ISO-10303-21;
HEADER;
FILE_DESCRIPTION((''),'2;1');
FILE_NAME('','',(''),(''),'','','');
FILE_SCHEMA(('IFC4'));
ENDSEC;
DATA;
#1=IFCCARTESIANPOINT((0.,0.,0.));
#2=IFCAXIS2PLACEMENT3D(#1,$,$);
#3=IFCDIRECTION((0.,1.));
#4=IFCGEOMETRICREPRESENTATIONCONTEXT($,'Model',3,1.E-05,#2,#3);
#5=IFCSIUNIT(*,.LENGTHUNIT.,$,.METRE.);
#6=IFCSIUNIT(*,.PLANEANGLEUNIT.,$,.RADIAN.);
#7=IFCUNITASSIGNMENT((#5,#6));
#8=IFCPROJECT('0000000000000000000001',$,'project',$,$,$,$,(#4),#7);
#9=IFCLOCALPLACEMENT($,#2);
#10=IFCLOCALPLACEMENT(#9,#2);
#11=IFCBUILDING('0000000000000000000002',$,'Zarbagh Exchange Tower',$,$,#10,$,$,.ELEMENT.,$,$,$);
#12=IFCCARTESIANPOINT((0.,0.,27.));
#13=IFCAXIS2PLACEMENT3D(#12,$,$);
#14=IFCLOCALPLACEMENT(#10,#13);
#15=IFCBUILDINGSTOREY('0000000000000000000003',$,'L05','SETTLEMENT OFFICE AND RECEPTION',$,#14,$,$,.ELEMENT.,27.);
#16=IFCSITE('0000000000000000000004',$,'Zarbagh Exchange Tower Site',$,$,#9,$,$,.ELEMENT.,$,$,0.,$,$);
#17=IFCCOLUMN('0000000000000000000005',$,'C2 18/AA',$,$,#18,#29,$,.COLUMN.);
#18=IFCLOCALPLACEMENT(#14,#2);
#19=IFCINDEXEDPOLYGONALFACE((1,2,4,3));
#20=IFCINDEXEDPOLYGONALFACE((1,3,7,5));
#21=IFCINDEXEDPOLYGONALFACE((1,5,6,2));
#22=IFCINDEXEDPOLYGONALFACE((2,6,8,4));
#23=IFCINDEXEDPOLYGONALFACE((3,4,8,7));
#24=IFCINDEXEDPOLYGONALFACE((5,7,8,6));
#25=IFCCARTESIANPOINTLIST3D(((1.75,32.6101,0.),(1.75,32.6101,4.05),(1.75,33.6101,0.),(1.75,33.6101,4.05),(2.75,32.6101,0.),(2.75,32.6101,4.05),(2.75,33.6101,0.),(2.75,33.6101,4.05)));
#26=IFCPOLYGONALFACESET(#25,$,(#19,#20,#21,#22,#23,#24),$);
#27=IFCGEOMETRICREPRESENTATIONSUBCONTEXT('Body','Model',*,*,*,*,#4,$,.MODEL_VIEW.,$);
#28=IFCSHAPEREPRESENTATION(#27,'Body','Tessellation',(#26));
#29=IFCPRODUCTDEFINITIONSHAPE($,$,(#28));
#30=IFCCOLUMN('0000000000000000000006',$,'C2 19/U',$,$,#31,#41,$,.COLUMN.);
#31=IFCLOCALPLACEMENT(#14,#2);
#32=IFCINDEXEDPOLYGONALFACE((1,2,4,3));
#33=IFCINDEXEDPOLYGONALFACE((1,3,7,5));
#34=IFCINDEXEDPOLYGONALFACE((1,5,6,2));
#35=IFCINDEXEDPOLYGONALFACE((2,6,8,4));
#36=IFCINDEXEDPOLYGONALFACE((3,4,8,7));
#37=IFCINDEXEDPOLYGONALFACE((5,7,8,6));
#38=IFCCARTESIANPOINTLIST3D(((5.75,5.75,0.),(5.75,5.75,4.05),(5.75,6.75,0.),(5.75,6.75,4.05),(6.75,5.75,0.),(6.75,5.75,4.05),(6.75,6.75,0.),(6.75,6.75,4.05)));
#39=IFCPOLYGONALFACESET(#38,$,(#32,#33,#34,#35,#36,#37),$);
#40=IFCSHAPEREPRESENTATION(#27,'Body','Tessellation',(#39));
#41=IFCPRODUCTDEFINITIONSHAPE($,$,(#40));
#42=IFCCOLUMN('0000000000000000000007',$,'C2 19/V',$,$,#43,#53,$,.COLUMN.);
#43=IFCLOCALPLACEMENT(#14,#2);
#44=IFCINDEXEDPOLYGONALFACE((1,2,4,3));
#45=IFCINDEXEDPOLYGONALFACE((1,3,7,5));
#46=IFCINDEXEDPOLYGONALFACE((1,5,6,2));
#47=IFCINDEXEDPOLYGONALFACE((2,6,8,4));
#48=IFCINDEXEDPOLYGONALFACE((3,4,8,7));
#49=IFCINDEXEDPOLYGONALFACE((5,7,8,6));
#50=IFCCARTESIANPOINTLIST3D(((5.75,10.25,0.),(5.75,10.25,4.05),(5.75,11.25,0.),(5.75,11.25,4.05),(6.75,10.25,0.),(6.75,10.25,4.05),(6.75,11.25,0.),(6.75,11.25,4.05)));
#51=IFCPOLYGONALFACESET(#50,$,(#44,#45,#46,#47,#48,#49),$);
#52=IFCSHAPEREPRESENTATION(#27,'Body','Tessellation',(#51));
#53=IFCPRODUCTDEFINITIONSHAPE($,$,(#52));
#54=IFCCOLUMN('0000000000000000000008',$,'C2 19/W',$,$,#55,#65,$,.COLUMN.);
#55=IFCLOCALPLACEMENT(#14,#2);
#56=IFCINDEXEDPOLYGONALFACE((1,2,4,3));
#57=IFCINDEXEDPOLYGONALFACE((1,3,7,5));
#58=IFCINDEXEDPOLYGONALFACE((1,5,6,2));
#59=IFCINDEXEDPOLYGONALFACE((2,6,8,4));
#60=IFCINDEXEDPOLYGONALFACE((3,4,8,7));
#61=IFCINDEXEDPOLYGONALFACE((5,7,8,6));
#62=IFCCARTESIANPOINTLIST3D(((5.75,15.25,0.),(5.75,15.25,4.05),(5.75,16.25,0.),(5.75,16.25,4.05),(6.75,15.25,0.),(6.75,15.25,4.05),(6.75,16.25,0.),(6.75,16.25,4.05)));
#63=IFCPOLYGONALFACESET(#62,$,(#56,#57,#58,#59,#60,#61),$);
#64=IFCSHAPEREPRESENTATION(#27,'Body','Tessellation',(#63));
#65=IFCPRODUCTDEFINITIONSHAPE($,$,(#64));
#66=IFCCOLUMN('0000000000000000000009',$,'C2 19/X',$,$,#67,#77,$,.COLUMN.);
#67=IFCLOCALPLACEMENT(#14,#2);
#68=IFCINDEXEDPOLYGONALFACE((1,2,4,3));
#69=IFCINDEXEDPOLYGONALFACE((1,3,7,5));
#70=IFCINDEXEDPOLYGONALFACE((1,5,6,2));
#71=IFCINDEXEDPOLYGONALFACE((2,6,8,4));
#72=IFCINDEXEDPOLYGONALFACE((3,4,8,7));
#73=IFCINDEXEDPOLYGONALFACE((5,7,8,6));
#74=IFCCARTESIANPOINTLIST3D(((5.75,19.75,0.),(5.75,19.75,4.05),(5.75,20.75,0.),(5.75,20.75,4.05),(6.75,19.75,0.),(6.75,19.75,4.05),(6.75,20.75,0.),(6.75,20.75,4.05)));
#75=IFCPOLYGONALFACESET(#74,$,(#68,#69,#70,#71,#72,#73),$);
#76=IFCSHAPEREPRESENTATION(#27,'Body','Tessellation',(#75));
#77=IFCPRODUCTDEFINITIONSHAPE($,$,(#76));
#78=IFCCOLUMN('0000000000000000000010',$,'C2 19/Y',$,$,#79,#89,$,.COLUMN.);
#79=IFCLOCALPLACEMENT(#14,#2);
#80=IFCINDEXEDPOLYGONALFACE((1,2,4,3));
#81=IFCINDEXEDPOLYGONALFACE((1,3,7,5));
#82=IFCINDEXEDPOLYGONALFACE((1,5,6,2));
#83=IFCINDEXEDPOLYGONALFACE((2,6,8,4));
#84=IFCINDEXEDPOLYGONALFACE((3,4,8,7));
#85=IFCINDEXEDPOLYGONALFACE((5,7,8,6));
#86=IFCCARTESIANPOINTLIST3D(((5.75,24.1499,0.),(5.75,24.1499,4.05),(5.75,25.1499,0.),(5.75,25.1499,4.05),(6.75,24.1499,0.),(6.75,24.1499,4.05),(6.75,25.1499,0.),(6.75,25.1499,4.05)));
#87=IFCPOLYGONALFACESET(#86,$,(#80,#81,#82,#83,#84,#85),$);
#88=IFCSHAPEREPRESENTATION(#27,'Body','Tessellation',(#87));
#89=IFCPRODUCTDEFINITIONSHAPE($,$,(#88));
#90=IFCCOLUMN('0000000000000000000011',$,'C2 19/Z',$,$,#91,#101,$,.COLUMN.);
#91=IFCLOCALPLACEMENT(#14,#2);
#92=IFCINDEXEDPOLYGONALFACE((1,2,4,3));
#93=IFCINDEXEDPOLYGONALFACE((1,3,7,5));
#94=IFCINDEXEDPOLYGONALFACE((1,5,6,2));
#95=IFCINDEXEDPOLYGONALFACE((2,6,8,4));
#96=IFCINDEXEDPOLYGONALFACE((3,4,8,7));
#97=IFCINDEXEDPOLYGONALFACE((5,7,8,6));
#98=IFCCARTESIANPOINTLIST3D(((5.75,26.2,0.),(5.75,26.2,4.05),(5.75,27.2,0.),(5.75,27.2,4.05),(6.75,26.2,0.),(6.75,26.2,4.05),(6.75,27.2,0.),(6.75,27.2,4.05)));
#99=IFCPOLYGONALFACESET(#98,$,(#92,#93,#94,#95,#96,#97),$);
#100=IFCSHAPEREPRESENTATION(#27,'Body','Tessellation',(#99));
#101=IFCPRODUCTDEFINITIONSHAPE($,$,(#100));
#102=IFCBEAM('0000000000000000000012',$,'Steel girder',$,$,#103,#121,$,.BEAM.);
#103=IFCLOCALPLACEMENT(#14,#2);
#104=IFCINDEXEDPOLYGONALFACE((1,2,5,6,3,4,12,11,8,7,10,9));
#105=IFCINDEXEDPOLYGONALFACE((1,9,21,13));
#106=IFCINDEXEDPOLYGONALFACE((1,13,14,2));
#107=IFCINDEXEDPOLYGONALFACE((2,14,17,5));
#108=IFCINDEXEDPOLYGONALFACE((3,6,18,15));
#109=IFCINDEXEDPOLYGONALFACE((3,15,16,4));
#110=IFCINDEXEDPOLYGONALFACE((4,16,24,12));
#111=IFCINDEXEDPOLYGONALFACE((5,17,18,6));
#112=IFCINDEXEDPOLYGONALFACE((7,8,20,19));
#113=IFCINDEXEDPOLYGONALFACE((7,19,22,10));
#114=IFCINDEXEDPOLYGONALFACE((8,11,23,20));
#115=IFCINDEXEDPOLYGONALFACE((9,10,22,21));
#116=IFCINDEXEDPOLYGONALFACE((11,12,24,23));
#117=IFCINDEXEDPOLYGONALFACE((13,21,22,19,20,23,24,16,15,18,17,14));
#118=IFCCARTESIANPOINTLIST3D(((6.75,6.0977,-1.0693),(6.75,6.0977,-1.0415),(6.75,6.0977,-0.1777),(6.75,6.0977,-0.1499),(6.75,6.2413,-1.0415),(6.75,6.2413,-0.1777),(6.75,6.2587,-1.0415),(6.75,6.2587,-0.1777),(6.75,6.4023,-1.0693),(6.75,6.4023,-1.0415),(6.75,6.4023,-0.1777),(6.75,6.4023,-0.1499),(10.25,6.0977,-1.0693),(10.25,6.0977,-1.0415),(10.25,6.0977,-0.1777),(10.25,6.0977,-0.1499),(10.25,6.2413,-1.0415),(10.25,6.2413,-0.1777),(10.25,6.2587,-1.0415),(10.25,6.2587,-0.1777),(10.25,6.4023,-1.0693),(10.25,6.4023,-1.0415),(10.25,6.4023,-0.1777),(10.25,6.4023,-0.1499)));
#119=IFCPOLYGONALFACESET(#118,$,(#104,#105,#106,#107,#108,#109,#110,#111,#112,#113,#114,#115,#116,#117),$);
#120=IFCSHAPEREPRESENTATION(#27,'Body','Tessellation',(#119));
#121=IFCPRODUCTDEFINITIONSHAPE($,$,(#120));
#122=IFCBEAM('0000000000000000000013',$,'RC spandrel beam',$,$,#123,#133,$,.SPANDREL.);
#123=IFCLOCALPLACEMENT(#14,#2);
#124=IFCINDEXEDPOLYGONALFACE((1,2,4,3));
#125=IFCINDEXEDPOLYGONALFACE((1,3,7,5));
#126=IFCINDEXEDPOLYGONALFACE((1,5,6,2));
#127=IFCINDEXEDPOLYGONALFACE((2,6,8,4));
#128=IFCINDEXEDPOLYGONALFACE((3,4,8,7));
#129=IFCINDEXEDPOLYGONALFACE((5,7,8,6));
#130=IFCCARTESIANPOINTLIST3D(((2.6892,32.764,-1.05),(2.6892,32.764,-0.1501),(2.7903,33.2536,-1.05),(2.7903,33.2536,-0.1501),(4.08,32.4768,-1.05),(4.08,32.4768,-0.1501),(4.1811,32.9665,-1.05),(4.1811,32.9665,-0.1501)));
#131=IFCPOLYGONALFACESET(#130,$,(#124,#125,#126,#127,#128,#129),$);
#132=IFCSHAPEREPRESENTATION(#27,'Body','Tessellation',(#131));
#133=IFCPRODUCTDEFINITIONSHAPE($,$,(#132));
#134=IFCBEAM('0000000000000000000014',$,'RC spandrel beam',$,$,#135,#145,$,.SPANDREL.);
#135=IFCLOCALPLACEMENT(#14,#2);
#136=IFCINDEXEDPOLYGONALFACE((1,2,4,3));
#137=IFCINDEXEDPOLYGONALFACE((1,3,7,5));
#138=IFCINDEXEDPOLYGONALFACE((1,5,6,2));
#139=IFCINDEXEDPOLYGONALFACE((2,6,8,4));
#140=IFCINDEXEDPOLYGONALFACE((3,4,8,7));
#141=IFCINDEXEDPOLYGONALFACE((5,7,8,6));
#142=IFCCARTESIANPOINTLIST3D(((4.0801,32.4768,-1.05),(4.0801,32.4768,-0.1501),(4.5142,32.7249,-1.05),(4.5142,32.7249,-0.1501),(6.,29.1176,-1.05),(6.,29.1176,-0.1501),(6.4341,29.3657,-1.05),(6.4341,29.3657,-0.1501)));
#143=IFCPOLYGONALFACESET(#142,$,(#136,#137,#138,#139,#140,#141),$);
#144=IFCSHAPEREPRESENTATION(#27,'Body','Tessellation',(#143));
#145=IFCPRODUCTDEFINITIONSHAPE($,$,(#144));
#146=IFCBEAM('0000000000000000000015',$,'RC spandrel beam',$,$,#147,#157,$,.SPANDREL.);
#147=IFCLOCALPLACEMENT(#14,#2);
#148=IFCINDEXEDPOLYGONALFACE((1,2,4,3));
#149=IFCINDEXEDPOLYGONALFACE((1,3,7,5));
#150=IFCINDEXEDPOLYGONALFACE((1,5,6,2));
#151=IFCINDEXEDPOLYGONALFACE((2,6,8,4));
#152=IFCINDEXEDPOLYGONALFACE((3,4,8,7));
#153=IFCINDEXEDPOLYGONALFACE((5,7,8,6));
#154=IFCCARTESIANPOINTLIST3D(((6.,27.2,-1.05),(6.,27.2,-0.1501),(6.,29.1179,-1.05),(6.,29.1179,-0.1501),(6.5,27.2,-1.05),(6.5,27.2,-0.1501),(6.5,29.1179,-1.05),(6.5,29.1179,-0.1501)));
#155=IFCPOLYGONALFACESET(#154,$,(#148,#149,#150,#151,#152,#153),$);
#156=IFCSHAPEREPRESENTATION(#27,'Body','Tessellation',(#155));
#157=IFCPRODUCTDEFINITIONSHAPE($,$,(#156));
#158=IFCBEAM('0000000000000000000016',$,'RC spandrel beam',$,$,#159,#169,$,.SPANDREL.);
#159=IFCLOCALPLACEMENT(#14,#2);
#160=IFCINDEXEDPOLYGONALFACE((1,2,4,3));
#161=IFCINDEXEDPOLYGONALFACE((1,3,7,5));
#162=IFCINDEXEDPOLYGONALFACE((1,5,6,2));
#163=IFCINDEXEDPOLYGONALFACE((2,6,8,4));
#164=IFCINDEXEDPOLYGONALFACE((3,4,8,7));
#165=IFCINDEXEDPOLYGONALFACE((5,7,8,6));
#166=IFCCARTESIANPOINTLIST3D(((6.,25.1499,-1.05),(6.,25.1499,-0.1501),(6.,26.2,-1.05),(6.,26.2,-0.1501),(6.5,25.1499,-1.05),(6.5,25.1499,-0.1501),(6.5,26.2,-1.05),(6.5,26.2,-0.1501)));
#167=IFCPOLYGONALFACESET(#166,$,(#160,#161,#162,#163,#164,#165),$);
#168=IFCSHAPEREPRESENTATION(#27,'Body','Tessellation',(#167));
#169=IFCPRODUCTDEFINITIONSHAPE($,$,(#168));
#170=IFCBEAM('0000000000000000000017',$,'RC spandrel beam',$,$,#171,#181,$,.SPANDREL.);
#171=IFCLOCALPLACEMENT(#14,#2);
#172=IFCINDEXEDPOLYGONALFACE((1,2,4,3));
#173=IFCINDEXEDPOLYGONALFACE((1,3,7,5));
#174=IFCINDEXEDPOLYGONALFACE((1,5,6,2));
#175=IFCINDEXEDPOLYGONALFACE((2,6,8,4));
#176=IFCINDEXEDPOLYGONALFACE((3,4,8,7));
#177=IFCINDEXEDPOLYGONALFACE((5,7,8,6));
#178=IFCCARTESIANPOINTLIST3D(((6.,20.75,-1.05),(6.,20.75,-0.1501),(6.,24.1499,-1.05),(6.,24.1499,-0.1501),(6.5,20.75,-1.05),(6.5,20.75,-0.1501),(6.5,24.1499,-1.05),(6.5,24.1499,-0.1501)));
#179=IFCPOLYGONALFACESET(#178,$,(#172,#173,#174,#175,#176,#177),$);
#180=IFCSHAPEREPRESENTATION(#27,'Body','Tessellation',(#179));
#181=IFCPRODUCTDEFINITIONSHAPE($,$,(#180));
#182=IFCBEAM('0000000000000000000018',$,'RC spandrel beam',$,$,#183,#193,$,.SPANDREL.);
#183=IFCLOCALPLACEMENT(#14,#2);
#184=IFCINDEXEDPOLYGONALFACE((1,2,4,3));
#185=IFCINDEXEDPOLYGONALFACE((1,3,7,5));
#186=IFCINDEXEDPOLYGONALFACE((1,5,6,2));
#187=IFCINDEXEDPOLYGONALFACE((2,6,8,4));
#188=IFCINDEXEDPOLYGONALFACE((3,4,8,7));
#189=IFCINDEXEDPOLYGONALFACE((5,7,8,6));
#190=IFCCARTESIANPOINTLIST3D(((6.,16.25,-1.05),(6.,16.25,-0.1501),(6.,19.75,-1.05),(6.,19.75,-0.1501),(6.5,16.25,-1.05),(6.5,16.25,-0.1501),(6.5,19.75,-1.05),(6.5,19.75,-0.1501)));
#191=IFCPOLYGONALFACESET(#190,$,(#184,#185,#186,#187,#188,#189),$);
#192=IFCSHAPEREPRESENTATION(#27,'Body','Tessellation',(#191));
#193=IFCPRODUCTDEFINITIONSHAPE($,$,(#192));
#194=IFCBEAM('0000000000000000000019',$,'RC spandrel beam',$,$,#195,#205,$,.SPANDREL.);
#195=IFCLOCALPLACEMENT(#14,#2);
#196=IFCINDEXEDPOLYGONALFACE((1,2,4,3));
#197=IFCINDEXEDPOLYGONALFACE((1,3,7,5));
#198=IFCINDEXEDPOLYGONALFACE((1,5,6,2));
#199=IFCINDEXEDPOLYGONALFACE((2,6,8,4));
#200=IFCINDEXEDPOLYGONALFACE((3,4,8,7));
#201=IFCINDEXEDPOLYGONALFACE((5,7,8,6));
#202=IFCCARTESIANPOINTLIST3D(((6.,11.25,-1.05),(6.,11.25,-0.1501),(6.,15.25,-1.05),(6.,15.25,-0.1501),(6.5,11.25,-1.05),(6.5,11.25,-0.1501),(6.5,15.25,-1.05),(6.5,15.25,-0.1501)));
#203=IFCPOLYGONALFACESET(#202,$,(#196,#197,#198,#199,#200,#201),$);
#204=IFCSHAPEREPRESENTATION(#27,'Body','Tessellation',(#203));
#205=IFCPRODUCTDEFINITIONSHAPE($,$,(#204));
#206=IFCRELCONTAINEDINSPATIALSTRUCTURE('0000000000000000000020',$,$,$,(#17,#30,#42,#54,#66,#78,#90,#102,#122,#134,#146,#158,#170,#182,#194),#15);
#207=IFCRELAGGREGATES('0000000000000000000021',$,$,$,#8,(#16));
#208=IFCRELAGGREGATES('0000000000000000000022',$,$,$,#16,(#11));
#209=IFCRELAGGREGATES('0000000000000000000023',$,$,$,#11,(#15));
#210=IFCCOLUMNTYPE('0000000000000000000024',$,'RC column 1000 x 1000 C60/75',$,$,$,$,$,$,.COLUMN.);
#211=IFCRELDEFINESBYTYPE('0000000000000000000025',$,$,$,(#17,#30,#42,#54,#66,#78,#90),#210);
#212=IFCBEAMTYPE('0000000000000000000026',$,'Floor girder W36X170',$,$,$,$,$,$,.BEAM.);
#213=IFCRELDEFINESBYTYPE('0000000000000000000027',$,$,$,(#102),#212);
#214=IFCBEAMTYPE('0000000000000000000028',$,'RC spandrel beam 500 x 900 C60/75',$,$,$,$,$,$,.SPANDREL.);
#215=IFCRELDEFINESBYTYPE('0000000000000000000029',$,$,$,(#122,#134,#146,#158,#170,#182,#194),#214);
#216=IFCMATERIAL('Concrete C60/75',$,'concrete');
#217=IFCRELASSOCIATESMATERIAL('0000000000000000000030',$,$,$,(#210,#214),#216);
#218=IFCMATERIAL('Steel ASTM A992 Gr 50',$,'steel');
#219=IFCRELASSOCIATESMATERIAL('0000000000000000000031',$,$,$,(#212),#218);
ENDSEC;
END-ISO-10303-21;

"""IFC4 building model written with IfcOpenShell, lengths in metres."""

from ifc_helpers import new_model, si_unit, direction, frame, origin, origin_2d, place, context, subcontext, project, spatial, rectangle, i_section, extrude, material, material_profile, profile_set, type_object, element, save


model = new_model("IFC4")

# Units and contexts
model_context = context("Model", 3, precision=1e-05, world=origin(), true_north=direction((0.0, 1.0)))
body_context = subcontext(model_context, "Body", "Model", "MODEL_VIEW")
ifc_project = project(units=[si_unit("LENGTHUNIT", "METRE"), si_unit("PLANEANGLEUNIT", "RADIAN")], contexts=[model_context])

# Site, building, storey
site_placement = place(None, origin())
site = spatial("IfcSite", under=ifc_project, at=site_placement, Name="Zarbagh Exchange Tower Site", CompositionType="ELEMENT", RefElevation=0.0)
building_placement = place(site_placement, origin())
building = spatial("IfcBuilding", under=site, at=building_placement, Name="Zarbagh Exchange Tower", CompositionType="ELEMENT")
storey_placement = place(building_placement, frame((0.0, 0.0, 27.0)))
storey = spatial("IfcBuildingStorey", under=building, at=storey_placement, Name="L05", Description="SETTLEMENT OFFICE AND RECEPTION", CompositionType="ELEMENT", Elevation=27.0)

# Columns
ifc_material_1 = material(Name="Concrete C60/75", Category="concrete")
ifc_material_profile_1 = material_profile(ifc_material_1, rectangle(XDim=1.0, YDim=1.0, at=origin_2d()), Name="RC column 1000 x 1000 C60/75")
ifc_profile_set_1 = profile_set([ifc_material_profile_1], Name="Concrete C60/75")
column_type = type_object("IfcColumnType", Name="RC column 1000 x 1000 C60/75", PredefinedType="COLUMN", material=ifc_profile_set_1)
for number, where, z_axis, x_axis, name in (
    (1, (2.25, 33.1101, 0.0), (0.0, 0.0, 1.0), (1.0, 0.0, 0.0), "C2 18/AA"),
    (2, (6.25, 6.25, 0.0), (0.0, 0.0, 1.0), (1.0, 0.0, 0.0), "C2 19/U"),
    (3, (6.25, 10.75, 0.0), (0.0, 0.0, 1.0), (1.0, 0.0, 0.0), "C2 19/V"),
    (4, (6.25, 15.75, 0.0), (0.0, 0.0, 1.0), (1.0, 0.0, 0.0), "C2 19/W"),
    (5, (6.25, 20.25, 0.0), (0.0, 0.0, 1.0), (1.0, 0.0, 0.0), "C2 19/X"),
    (6, (6.25, 24.6499, 0.0), (0.0, 0.0, 1.0), (1.0, 0.0, 0.0), "C2 19/Y"),
    (7, (6.25, 26.7, 0.0), (0.0, 0.0, 1.0), (1.0, 0.0, 0.0), "C2 19/Z"),
):
    element("IfcColumn", number, at=place(storey_placement, frame(where, z_axis=z_axis, x_axis=x_axis)), inside=storey, type_object=column_type, Name=name, PredefinedType="COLUMN", context=body_context, shape_type="SweptSolid", body=[
        extrude(rectangle(XDim=1.0, YDim=1.0, at=origin_2d()), origin(), (0.0, 0.0, 1.0), 4.05),
    ])

# Beams
ifc_material_2 = material(Name="Steel ASTM A992 Gr 50", Category="steel")
ifc_material_profile_2 = material_profile(ifc_material_2, i_section(OverallWidth=0.3047, OverallDepth=0.9194, WebThickness=0.0173, FlangeThickness=0.0278, at=origin_2d()), Name="W36X170")
ifc_profile_set_2 = profile_set([ifc_material_profile_2], Name="Steel ASTM A992 Gr 50")
beam_type_1 = type_object("IfcBeamType", Name="Floor girder W36X170", PredefinedType="BEAM", material=ifc_profile_set_2)
beam_1_placement = place(storey_placement, frame((6.75, 6.25, -0.6096), z_axis=(1.0, 0.0, 0.0), x_axis=(0.0, 1.0, 0.0)))
element("IfcBeam", 8, at=beam_1_placement, inside=storey, type_object=beam_type_1, Name="Steel girder", PredefinedType="BEAM", context=body_context, shape_type="SweptSolid", body=[
    extrude(i_section(OverallWidth=0.3047, OverallDepth=0.9194, WebThickness=0.0173, FlangeThickness=0.0278, at=origin_2d()), origin(), (0.0, 0.0, 1.0), 3.5),
])
ifc_material_profile_3 = material_profile(ifc_material_1, rectangle(XDim=0.5, YDim=0.8999, at=origin_2d()), Name="RC spandrel beam 500 x 900 C60/75")
ifc_profile_set_3 = profile_set([ifc_material_profile_3], Name="Concrete C60/75")
beam_type_2 = type_object("IfcBeamType", Name="RC spandrel beam 500 x 900 C60/75", PredefinedType="SPANDREL", material=ifc_profile_set_3)
beam_2_placement = place(storey_placement, frame((2.7397, 33.0088, -0.6001), z_axis=(0.979352, -0.202162, 0.0), x_axis=(0.202162, 0.979352, 0.0)))
element("IfcBeam", 9, at=beam_2_placement, inside=storey, type_object=beam_type_2, Name="RC spandrel beam", PredefinedType="SPANDREL", context=body_context, shape_type="SweptSolid", body=[
    extrude(rectangle(XDim=0.5, YDim=0.8999, at=origin_2d()), origin(), (0.0, 0.0, 1.0), 1.4202),
])
beam_3_placement = place(storey_placement, frame((4.2971, 32.6008, -0.6001), z_axis=(0.49622, -0.868197, 0.0), x_axis=(0.868197, 0.49622, 0.0)))
element("IfcBeam", 10, at=beam_3_placement, inside=storey, type_object=beam_type_2, Name="RC spandrel beam", PredefinedType="SPANDREL", context=body_context, shape_type="SweptSolid", body=[
    extrude(rectangle(XDim=0.5, YDim=0.8999, at=origin_2d()), origin(), (0.0, 0.0, 1.0), 3.8691),
])
beam_4_placement = place(storey_placement, frame((6.25, 29.1179, -0.6001), z_axis=(0.0, -1.0, 0.0), x_axis=(1.0, 0.0, 0.0)))
element("IfcBeam", 11, at=beam_4_placement, inside=storey, type_object=beam_type_2, Name="RC spandrel beam", PredefinedType="SPANDREL", context=body_context, shape_type="SweptSolid", body=[
    extrude(rectangle(XDim=0.5, YDim=0.8999, at=origin_2d()), origin(), (0.0, 0.0, 1.0), 1.918),
])
beam_5_placement = place(storey_placement, frame((6.25, 26.2, -0.6001), z_axis=(0.0, -1.0, 0.0), x_axis=(1.0, 0.0, 0.0)))
element("IfcBeam", 12, at=beam_5_placement, inside=storey, type_object=beam_type_2, Name="RC spandrel beam", PredefinedType="SPANDREL", context=body_context, shape_type="SweptSolid", body=[
    extrude(rectangle(XDim=0.5, YDim=0.8999, at=origin_2d()), origin(), (0.0, 0.0, 1.0), 1.05),
])
beam_6_placement = place(storey_placement, frame((6.25, 24.1499, -0.6001), z_axis=(0.0, -1.0, 0.0), x_axis=(1.0, 0.0, 0.0)))
element("IfcBeam", 13, at=beam_6_placement, inside=storey, type_object=beam_type_2, Name="RC spandrel beam", PredefinedType="SPANDREL", context=body_context, shape_type="SweptSolid", body=[
    extrude(rectangle(XDim=0.5, YDim=0.8999, at=origin_2d()), origin(), (0.0, 0.0, 1.0), 3.3999),
])
beam_7_placement = place(storey_placement, frame((6.25, 19.75, -0.6001), z_axis=(0.0, -1.0, 0.0), x_axis=(1.0, 0.0, 0.0)))
element("IfcBeam", 14, at=beam_7_placement, inside=storey, type_object=beam_type_2, Name="RC spandrel beam", PredefinedType="SPANDREL", context=body_context, shape_type="SweptSolid", body=[
    extrude(rectangle(XDim=0.5, YDim=0.8999, at=origin_2d()), origin(), (0.0, 0.0, 1.0), 3.5),
])
beam_8_placement = place(storey_placement, frame((6.25, 15.25, -0.6001), z_axis=(0.0, -1.0, 0.0), x_axis=(1.0, 0.0, 0.0)))
element("IfcBeam", 15, at=beam_8_placement, inside=storey, type_object=beam_type_2, Name="RC spandrel beam", PredefinedType="SPANDREL", context=body_context, shape_type="SweptSolid", body=[
    extrude(rectangle(XDim=0.5, YDim=0.8999, at=origin_2d()), origin(), (0.0, 0.0, 1.0), 4.0),
])

save(model, "model.ifc")
